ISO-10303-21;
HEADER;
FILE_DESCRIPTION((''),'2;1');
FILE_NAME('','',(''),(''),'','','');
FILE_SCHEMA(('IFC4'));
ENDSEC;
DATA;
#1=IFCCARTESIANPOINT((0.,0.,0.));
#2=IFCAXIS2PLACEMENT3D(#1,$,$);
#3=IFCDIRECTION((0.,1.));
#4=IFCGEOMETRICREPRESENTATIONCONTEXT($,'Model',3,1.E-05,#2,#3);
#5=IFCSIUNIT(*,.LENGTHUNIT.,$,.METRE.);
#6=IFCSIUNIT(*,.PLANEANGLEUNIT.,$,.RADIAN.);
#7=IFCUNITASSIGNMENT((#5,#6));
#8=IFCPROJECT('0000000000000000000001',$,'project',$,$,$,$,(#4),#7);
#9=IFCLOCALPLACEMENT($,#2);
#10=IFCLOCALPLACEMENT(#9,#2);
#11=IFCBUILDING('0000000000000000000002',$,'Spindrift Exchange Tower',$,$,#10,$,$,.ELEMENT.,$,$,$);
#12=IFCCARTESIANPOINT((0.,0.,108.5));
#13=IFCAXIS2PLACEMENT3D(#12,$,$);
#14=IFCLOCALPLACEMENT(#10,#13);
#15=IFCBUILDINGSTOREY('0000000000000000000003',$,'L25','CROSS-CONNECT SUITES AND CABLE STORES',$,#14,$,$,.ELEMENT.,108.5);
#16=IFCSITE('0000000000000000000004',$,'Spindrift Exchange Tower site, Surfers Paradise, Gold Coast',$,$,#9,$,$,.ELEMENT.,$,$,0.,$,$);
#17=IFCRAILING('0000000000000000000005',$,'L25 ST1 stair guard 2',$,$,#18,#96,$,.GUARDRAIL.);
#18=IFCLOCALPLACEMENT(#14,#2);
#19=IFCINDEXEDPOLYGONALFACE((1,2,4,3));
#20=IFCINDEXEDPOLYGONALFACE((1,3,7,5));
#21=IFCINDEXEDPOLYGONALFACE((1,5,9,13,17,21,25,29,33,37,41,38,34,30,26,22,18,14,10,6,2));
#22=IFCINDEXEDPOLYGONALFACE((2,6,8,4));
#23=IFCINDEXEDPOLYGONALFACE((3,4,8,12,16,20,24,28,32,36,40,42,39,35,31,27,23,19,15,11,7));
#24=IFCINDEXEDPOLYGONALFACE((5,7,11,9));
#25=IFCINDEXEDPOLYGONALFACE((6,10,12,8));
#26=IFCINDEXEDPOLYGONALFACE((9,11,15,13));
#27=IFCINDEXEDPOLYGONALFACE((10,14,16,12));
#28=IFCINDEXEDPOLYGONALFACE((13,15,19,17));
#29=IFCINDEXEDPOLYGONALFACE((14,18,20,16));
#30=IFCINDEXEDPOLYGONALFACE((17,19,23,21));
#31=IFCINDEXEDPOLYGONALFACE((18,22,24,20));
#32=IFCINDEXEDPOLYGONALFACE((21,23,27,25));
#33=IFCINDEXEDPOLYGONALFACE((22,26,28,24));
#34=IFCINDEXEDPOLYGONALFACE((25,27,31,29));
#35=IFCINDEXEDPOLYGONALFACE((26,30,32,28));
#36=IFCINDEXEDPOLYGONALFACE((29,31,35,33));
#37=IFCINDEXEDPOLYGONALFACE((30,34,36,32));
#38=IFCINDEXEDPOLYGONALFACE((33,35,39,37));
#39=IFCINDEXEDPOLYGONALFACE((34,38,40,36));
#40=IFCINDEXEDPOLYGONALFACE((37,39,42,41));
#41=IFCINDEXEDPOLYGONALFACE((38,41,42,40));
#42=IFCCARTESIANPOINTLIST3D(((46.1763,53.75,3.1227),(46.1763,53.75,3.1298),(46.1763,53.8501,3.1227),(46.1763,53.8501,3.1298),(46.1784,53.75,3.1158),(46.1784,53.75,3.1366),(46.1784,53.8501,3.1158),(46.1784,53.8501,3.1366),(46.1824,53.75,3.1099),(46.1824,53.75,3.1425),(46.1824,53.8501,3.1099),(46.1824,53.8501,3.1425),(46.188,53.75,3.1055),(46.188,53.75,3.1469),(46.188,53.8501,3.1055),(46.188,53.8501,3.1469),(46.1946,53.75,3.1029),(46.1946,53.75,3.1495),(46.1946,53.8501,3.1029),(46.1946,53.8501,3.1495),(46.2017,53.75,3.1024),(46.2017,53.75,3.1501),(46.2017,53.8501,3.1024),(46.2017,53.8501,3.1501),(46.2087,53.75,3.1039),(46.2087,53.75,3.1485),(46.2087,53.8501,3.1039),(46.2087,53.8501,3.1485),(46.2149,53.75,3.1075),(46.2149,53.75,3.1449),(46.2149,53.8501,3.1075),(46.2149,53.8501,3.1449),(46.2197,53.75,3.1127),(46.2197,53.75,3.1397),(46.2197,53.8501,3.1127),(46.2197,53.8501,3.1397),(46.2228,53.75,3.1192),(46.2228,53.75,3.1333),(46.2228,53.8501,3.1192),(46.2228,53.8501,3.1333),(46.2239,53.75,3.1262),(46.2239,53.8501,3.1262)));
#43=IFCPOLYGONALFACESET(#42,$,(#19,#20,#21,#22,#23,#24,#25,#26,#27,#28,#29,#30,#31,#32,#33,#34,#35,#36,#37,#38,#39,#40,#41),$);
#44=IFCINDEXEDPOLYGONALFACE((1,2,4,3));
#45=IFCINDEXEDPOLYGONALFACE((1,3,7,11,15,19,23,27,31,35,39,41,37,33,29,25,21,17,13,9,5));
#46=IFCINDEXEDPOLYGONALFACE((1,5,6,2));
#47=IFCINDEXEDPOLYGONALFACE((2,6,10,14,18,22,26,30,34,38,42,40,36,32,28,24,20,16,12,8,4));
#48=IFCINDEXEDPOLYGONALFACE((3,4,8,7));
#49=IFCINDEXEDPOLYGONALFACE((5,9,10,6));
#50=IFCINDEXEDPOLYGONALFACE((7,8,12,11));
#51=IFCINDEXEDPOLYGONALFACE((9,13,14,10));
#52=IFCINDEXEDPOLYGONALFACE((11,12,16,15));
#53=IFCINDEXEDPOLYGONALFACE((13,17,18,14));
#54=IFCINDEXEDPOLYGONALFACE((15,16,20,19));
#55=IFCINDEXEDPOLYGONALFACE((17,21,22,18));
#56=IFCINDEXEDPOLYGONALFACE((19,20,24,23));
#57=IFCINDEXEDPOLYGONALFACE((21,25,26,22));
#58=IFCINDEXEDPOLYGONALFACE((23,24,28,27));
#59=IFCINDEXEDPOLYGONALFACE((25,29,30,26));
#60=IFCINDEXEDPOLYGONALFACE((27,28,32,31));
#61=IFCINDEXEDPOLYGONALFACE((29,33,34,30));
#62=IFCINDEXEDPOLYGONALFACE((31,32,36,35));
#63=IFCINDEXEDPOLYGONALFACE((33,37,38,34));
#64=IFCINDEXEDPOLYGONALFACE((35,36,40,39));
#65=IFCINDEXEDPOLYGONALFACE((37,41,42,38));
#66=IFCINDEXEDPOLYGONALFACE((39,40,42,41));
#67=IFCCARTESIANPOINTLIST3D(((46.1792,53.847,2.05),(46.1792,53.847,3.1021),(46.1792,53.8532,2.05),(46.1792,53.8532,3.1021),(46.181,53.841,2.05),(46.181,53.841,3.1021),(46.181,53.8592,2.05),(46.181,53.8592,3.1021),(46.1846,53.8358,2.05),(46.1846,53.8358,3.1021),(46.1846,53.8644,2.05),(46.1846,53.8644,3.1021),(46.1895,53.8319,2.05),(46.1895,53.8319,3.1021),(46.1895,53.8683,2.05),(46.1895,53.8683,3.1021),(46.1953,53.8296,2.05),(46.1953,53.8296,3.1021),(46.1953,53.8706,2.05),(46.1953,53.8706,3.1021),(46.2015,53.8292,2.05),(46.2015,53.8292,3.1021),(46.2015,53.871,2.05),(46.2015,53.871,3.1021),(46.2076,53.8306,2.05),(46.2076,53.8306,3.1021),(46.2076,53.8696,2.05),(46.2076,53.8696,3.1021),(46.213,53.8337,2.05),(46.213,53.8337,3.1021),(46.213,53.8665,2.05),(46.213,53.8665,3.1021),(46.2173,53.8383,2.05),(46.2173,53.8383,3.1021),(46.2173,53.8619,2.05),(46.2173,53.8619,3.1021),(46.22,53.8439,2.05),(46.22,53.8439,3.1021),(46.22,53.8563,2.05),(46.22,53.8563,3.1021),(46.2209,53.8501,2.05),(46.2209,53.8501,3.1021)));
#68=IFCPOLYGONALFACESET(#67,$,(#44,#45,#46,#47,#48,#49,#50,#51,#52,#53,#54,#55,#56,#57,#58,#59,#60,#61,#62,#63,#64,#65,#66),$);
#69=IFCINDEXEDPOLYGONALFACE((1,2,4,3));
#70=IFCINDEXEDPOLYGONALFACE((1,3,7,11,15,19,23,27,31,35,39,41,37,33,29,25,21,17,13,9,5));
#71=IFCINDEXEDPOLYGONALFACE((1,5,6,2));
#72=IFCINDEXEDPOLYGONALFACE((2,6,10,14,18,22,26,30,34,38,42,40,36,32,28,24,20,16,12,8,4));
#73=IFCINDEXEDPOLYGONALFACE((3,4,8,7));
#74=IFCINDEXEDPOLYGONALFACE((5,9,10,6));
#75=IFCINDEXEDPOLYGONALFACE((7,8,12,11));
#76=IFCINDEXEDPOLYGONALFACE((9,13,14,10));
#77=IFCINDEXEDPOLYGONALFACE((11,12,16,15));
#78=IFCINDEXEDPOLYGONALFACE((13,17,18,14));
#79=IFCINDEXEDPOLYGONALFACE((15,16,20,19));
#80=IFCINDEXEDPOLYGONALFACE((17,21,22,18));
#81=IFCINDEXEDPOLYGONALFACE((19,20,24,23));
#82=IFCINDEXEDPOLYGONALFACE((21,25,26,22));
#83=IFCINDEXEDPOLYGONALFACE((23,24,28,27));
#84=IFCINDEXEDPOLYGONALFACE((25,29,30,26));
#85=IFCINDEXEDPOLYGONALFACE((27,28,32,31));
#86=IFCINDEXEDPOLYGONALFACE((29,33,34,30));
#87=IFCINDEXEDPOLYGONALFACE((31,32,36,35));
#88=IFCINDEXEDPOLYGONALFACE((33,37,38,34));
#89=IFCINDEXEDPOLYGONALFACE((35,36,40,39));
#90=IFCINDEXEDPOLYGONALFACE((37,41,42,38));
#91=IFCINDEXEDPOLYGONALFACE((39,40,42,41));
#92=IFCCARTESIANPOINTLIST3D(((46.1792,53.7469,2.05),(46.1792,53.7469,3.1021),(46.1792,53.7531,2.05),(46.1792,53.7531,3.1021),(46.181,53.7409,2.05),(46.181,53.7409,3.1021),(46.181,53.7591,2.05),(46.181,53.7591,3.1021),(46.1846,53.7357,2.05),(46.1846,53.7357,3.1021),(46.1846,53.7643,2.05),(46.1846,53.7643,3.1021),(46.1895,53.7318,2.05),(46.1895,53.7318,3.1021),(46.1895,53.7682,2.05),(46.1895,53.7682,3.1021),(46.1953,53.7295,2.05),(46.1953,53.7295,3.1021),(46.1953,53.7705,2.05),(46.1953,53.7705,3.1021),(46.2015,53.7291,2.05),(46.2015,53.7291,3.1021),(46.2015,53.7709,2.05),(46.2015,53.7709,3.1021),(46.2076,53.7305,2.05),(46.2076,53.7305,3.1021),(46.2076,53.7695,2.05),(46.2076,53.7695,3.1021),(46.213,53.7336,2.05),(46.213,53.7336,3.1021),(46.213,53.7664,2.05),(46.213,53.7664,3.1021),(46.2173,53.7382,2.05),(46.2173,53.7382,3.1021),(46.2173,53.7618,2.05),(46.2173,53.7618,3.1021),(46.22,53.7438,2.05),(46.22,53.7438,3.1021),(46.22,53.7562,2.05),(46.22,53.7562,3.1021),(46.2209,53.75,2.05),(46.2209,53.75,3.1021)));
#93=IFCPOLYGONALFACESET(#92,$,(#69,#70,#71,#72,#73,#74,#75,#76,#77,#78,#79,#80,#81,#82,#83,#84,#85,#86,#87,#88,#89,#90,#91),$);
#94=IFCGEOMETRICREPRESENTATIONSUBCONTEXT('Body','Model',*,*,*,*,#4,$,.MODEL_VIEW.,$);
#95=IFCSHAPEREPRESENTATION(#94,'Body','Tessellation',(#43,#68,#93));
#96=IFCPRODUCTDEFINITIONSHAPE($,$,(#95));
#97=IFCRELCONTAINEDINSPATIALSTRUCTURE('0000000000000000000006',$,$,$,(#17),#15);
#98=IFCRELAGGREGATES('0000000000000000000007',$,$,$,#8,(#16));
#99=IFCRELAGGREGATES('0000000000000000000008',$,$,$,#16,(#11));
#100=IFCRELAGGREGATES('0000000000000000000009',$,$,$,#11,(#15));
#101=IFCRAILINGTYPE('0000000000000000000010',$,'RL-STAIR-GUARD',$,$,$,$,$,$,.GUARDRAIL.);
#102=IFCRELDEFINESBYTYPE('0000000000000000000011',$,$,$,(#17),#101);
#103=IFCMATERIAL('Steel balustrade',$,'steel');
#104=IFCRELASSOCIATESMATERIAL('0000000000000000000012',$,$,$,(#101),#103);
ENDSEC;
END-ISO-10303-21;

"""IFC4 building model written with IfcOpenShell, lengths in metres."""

from ifc_helpers import new_model, si_unit, direction, frame, origin, origin_2d, place, context, subcontext, project, spatial, circle, extrude, material, type_object, element, save


model = new_model("IFC4")

# Units and contexts
model_context = context("Model", 3, precision=1e-05, world=origin(), true_north=direction((0.0, 1.0)))
body_context = subcontext(model_context, "Body", "Model", "MODEL_VIEW")
ifc_project = project(units=[si_unit("LENGTHUNIT", "METRE"), si_unit("PLANEANGLEUNIT", "RADIAN")], contexts=[model_context])

# Site, building, storey
site_placement = place(None, origin())
site = spatial("IfcSite", under=ifc_project, at=site_placement, Name="Spindrift Exchange Tower site, Surfers Paradise, Gold Coast", CompositionType="ELEMENT", RefElevation=0.0)
building_placement = place(site_placement, origin())
building = spatial("IfcBuilding", under=site, at=building_placement, Name="Spindrift Exchange Tower", CompositionType="ELEMENT")
storey_placement = place(building_placement, frame((0.0, 0.0, 108.5)))
storey = spatial("IfcBuildingStorey", under=building, at=storey_placement, Name="L25", Description="CROSS-CONNECT SUITES AND CABLE STORES", CompositionType="ELEMENT", Elevation=108.5)

# Railing
ifc_material_1 = material(Name="Steel balustrade", Category="steel")
railing_type_1 = type_object("IfcRailingType", Name="RL-STAIR-GUARD", PredefinedType="GUARDRAIL", material=ifc_material_1)
railing_1_placement = place(storey_placement, frame((46.2, 53.8501, 2.05)))
element("IfcRailing", 1, at=railing_1_placement, inside=storey, type_object=railing_type_1, Name="L25 ST1 stair guard 2", PredefinedType="GUARDRAIL", context=body_context, shape_type="SweptSolid", body=[
    extrude(circle(Radius=0.0239, at=origin_2d()), frame((0.0, 0.0, 1.0762), z_axis=(0.0, -1.0, 0.0), x_axis=(1.0, 0.0, 0.0)), (0.0, 0.0, 1.0), 0.1001),
    extrude(circle(Radius=0.021, at=origin_2d()), origin(), (0.0, 0.0, 1.0), 1.052),
    extrude(circle(Radius=0.021, at=origin_2d()), frame((0.0, -0.1001, 0.0)), (0.0, 0.0, 1.0), 1.052),
])

save(model, "model.ifc")
